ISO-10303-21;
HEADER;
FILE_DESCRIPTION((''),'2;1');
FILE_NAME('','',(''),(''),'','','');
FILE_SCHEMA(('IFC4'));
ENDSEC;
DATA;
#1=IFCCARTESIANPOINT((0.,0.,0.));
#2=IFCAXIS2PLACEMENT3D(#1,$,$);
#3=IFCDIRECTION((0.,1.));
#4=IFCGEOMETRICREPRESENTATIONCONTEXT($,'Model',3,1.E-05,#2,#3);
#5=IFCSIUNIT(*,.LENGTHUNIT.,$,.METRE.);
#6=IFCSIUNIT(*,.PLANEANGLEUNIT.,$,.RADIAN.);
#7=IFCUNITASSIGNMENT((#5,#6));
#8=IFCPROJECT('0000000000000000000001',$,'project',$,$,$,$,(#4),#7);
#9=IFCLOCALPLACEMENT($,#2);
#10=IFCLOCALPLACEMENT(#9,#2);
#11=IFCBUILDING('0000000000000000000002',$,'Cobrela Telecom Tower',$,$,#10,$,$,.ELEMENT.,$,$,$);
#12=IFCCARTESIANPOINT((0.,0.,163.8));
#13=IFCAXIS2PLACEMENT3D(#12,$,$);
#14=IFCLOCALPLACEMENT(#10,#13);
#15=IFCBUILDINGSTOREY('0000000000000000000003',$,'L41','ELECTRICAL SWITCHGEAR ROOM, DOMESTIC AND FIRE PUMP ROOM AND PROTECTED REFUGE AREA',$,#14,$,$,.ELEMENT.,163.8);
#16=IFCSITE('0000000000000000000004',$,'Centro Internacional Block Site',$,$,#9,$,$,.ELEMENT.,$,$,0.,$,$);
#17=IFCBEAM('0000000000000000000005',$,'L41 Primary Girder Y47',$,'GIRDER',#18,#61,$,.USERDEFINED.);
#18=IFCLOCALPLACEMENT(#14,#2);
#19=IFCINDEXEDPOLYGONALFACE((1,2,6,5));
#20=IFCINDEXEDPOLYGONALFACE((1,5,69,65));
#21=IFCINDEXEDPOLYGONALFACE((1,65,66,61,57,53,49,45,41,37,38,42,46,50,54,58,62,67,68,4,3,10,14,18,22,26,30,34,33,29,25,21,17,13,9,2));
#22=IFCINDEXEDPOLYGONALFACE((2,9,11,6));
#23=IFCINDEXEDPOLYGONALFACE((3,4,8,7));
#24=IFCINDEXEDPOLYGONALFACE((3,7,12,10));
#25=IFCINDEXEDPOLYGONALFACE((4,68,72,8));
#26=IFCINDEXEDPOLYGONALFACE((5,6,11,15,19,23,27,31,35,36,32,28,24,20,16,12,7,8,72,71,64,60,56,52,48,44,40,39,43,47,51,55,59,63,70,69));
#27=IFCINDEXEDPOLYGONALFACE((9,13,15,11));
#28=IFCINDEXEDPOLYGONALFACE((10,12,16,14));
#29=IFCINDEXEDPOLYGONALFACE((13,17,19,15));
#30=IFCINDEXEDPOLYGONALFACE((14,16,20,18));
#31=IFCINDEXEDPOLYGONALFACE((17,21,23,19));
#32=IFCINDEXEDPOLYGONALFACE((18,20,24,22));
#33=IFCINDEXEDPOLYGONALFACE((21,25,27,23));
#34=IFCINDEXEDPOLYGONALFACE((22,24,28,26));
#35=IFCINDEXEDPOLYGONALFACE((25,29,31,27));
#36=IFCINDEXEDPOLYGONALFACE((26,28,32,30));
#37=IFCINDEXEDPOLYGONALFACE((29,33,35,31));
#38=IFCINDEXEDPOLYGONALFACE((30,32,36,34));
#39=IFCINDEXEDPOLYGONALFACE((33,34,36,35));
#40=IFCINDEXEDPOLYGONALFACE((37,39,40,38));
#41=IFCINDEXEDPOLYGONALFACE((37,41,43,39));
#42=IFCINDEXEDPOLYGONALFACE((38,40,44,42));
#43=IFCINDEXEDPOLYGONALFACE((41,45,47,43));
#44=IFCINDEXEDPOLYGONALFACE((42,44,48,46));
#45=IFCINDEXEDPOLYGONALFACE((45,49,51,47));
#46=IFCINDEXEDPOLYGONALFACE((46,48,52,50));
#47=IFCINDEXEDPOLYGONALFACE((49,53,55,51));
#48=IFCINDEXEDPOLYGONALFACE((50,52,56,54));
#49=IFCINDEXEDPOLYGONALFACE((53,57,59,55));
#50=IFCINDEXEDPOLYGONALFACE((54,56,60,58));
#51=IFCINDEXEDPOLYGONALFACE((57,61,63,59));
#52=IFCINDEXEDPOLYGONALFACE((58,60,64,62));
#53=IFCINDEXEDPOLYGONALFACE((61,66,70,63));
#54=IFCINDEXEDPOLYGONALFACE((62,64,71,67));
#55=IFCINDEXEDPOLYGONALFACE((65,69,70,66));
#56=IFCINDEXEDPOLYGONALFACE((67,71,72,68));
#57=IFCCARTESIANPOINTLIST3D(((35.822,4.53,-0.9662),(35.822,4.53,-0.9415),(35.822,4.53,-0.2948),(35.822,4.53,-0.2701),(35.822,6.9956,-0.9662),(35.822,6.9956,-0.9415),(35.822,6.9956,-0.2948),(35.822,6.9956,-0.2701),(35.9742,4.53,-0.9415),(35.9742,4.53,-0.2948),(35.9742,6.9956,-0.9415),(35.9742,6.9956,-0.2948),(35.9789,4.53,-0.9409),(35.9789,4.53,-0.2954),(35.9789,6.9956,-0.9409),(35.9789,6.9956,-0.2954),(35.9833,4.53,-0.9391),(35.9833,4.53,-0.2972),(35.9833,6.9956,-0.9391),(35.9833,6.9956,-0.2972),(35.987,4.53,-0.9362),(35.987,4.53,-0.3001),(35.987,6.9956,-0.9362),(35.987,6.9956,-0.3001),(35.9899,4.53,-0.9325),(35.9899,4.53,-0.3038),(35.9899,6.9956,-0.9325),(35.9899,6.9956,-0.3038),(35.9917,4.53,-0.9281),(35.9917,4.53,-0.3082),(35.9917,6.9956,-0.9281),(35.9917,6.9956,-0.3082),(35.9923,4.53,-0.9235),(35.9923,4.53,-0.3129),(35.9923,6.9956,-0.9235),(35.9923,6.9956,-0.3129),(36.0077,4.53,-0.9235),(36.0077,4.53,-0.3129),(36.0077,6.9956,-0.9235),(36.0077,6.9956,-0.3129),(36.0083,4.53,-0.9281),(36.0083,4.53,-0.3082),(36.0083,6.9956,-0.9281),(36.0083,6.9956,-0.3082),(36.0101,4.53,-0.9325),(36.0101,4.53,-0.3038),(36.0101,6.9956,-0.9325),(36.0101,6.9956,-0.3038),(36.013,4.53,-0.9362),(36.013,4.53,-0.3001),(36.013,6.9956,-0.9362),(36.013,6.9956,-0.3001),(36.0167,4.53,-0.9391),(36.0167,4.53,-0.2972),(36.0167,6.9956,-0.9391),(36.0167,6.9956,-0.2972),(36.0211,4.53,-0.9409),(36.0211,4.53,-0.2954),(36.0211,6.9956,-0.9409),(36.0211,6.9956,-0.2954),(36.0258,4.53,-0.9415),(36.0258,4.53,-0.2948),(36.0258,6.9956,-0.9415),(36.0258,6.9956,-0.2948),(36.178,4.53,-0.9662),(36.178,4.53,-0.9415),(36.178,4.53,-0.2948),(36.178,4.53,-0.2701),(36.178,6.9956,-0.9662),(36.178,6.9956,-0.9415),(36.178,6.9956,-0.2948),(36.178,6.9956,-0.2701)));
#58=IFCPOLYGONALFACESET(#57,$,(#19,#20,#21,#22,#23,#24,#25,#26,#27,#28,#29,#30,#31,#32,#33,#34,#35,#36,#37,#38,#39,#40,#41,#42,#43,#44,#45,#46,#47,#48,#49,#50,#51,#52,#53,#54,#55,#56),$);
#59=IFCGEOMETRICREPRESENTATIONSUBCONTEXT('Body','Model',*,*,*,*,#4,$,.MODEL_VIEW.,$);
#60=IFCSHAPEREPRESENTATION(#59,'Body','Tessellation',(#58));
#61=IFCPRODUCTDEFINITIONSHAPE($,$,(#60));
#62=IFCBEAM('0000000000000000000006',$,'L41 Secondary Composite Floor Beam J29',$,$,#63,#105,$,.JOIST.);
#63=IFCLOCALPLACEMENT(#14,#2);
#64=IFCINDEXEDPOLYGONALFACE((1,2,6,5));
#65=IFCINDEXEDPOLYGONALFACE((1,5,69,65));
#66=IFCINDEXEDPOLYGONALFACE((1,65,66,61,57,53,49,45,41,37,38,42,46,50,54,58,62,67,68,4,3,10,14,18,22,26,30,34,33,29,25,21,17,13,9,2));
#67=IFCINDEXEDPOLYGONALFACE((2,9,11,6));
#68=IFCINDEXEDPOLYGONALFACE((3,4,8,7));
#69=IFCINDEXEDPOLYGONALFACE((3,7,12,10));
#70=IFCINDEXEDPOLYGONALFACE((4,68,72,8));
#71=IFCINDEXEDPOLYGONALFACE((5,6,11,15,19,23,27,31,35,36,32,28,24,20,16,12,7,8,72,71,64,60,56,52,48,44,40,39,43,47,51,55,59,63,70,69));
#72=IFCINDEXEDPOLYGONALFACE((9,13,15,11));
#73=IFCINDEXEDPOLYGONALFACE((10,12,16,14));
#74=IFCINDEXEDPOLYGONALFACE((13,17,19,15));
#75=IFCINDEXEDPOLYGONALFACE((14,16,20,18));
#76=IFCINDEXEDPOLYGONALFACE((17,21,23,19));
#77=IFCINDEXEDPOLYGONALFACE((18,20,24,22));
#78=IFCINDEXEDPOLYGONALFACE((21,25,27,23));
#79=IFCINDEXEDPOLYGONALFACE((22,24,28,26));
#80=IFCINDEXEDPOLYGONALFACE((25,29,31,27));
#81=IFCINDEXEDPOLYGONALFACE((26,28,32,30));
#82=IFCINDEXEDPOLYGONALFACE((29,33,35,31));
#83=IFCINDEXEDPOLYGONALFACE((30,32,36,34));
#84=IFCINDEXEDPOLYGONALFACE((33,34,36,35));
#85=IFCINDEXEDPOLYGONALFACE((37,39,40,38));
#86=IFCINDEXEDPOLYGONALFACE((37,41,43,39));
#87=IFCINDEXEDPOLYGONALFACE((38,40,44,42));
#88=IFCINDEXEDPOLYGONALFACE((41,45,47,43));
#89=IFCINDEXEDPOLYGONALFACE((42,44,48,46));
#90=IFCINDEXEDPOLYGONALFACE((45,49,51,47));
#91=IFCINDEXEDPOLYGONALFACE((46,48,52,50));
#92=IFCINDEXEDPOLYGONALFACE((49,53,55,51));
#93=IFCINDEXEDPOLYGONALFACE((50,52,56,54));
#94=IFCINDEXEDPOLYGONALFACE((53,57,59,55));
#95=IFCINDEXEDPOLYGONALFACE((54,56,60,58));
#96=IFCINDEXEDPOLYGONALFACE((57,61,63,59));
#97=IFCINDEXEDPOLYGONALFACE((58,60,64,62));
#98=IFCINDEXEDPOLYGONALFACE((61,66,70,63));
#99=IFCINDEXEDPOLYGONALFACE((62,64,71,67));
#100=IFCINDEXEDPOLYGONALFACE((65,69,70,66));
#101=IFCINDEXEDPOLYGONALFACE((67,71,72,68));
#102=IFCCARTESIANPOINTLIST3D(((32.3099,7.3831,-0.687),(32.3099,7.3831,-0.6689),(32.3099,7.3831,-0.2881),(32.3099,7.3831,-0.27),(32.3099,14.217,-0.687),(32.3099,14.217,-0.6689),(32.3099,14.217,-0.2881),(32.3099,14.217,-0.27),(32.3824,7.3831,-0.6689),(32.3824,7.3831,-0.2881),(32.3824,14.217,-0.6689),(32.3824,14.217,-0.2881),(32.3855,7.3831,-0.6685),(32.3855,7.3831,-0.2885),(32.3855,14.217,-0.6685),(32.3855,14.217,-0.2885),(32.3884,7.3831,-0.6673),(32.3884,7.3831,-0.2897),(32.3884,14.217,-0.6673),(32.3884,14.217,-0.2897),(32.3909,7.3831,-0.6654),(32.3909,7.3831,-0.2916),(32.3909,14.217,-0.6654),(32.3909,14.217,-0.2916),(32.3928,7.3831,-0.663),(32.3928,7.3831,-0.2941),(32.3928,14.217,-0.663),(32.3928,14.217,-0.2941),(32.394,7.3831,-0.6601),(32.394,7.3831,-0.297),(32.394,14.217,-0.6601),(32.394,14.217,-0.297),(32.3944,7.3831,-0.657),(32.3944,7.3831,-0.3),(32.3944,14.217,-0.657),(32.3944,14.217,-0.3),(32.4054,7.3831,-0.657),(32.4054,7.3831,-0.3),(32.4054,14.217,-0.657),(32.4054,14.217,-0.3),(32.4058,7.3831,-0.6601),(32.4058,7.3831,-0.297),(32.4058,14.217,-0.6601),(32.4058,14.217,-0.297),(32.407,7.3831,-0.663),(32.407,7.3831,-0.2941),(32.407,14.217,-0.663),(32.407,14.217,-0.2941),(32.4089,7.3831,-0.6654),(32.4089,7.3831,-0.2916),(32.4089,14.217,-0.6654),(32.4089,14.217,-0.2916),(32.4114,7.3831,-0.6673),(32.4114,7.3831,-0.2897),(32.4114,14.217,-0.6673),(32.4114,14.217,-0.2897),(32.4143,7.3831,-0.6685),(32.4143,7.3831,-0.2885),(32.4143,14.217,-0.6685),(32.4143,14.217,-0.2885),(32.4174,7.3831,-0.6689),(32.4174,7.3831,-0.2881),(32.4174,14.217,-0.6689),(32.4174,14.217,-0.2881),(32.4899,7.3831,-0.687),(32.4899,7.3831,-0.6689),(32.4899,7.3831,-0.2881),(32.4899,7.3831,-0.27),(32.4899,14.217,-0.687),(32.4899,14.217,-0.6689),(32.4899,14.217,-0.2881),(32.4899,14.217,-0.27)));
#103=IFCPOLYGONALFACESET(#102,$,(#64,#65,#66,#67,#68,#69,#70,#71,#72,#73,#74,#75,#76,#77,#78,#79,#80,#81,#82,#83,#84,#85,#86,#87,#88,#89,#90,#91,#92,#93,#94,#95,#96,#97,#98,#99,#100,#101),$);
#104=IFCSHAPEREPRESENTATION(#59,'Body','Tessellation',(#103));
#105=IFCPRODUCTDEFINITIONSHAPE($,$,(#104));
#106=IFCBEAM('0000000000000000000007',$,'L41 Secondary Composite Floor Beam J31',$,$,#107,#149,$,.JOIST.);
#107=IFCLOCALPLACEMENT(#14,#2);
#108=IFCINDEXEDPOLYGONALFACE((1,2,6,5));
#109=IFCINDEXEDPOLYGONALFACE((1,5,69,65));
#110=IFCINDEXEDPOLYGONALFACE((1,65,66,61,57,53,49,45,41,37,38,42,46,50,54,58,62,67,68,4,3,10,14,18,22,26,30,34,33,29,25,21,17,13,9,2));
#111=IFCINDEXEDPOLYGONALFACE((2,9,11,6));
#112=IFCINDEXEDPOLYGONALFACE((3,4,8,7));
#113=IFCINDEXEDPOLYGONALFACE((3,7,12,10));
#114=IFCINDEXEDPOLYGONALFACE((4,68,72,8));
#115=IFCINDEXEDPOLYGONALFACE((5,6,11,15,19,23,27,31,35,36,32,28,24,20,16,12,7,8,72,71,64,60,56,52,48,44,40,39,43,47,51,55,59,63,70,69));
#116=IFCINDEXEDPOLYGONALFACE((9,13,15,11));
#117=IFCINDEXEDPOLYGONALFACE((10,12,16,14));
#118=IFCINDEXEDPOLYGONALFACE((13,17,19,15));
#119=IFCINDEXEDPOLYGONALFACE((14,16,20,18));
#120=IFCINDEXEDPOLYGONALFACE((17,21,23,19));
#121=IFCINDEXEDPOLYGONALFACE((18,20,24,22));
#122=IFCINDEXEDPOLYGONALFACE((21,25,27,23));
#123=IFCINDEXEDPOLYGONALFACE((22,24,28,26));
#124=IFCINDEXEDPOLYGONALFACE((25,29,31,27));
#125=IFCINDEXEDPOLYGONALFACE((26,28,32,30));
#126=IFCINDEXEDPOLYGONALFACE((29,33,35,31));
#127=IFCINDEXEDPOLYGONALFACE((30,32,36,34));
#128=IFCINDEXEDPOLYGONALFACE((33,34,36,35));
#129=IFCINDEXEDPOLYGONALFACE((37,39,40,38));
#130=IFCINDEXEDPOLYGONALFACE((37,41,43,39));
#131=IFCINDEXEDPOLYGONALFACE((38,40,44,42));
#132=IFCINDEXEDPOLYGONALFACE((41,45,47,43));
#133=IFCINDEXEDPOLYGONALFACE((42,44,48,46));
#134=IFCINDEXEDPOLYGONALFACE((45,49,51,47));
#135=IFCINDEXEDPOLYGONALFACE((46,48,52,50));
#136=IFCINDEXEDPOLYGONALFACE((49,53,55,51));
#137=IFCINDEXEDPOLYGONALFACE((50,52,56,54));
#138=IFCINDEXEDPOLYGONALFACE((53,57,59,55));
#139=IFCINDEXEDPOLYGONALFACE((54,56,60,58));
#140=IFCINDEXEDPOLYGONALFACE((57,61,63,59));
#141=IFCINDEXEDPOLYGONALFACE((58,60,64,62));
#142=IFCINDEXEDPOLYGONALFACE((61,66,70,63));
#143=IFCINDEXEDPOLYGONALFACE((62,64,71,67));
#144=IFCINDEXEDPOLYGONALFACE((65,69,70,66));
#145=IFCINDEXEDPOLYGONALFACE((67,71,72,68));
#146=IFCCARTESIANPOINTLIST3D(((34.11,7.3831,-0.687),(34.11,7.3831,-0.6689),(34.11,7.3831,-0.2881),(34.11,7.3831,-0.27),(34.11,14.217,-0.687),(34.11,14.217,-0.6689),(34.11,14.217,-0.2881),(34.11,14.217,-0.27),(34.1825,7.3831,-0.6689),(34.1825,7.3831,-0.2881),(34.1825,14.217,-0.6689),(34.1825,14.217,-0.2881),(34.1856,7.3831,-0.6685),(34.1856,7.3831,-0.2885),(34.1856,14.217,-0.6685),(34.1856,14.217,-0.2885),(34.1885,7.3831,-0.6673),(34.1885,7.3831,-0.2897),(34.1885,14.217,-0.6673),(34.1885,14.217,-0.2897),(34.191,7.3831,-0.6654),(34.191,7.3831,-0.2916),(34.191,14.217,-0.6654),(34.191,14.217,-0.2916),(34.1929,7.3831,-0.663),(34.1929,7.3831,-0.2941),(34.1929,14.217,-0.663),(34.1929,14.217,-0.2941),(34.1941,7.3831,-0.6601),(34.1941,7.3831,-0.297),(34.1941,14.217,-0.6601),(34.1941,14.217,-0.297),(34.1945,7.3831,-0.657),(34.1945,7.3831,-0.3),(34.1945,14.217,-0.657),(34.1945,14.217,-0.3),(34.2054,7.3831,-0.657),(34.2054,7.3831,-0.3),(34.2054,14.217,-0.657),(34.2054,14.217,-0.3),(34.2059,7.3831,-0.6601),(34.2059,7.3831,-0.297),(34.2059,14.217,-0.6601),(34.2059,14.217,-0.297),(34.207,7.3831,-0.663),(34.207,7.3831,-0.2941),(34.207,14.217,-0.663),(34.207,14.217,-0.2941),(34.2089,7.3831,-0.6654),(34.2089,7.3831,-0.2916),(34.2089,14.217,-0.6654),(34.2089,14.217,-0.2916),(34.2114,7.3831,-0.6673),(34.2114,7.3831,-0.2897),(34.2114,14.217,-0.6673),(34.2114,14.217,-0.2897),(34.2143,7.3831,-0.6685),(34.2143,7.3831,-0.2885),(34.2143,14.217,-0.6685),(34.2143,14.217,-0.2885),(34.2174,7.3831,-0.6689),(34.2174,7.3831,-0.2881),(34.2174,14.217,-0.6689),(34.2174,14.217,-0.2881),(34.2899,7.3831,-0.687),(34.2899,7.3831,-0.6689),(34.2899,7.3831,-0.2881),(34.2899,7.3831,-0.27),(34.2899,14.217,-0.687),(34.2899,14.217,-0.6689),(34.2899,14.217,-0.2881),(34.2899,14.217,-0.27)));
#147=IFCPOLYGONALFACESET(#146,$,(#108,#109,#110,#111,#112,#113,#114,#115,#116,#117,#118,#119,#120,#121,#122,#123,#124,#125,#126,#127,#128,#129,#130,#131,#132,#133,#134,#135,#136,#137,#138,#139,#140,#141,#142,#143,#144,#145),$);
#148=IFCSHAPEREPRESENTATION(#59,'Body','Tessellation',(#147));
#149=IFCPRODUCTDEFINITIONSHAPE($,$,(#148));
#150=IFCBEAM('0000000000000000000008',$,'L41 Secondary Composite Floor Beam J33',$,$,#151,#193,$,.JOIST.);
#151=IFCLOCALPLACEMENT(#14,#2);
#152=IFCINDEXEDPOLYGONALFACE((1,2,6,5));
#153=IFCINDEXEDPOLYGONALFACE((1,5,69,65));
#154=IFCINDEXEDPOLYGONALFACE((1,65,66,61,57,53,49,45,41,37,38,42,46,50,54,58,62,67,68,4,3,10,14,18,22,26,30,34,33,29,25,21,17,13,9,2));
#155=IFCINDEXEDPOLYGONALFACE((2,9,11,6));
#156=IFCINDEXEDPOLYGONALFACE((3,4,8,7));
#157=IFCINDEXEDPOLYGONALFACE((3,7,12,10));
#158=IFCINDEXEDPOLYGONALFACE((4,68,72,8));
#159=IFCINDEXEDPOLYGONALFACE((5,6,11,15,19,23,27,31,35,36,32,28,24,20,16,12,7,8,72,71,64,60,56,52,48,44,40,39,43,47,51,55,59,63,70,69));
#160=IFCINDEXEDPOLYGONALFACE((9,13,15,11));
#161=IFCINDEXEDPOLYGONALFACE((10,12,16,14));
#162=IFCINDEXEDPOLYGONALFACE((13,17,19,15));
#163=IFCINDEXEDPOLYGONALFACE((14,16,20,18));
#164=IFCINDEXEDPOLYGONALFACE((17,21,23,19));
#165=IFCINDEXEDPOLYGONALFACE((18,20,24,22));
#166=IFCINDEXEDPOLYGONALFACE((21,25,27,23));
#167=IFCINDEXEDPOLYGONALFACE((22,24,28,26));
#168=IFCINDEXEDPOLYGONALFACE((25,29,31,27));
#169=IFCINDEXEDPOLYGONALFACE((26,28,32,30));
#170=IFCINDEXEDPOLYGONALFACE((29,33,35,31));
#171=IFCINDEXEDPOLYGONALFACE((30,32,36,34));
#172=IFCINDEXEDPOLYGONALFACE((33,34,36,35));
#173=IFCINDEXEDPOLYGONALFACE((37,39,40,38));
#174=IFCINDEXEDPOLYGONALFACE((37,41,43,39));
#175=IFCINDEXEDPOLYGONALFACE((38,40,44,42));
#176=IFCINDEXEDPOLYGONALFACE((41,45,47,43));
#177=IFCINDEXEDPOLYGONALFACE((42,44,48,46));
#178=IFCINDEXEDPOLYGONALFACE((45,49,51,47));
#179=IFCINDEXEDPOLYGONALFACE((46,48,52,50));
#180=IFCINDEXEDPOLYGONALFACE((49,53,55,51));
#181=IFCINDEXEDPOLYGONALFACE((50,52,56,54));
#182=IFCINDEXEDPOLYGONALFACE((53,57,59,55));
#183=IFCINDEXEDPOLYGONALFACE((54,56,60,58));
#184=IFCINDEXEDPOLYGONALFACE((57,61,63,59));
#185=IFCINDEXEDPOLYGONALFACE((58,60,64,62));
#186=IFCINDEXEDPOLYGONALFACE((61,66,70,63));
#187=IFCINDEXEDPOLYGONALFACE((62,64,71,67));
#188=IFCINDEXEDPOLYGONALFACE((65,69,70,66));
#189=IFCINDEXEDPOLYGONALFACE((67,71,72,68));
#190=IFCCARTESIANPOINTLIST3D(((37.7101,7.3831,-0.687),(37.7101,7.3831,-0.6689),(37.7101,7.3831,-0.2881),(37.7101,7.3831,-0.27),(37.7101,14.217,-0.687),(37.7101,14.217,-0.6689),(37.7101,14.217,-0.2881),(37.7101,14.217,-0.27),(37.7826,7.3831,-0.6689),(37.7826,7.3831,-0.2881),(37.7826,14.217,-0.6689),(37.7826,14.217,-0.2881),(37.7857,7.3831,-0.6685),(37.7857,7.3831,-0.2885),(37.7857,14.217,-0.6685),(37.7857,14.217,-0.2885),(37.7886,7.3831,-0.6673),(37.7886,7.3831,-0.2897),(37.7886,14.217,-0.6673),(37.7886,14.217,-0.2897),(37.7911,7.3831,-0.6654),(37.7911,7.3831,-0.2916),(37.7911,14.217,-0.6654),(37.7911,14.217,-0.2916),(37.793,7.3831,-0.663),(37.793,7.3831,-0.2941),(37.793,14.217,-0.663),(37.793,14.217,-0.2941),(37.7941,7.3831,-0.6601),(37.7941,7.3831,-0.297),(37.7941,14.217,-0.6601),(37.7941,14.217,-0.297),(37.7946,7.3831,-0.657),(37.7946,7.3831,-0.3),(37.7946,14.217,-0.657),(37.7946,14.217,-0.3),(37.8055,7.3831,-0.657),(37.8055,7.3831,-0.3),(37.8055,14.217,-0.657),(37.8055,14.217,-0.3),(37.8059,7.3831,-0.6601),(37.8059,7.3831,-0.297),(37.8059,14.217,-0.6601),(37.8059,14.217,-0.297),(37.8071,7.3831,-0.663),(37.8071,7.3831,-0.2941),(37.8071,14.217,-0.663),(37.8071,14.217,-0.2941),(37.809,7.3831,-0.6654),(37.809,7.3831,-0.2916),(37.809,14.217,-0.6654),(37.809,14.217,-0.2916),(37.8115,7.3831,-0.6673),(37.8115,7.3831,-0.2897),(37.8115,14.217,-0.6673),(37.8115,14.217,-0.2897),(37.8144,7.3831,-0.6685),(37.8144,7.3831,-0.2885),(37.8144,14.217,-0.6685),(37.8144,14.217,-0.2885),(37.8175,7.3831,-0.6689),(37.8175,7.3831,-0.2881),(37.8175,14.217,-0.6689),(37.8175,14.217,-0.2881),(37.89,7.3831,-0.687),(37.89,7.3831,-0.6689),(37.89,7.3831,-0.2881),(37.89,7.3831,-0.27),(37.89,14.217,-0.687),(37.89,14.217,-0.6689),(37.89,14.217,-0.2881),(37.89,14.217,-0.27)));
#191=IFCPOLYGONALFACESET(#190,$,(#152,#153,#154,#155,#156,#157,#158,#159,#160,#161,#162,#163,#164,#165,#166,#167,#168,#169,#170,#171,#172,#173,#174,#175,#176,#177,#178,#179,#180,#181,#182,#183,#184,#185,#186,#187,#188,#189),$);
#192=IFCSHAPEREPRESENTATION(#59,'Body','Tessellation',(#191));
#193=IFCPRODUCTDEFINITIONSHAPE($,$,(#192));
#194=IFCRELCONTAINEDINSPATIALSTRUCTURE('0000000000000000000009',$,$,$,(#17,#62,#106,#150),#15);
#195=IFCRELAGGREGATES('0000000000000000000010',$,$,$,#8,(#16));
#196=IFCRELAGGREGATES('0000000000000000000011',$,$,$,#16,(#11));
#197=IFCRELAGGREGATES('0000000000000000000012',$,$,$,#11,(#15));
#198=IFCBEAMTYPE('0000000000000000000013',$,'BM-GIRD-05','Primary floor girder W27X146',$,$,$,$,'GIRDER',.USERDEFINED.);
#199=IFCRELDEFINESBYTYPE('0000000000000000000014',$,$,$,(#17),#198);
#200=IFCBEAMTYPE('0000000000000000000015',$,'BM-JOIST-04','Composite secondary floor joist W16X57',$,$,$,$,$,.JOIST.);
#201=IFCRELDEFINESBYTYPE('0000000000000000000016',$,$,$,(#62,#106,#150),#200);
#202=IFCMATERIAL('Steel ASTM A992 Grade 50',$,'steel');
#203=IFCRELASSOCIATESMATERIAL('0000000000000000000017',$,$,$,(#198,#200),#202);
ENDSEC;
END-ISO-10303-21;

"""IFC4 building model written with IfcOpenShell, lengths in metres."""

from ifc_helpers import new_model, si_unit, direction, frame, origin, origin_2d, place, context, subcontext, project, spatial, i_section, extrude, material, material_profile, profile_set, type_object, element, save


model = new_model("IFC4")

# Units and contexts
model_context = context("Model", 3, precision=1e-05, world=origin(), true_north=direction((0.0, 1.0)))
body_context = subcontext(model_context, "Body", "Model", "MODEL_VIEW")
ifc_project = project(units=[si_unit("LENGTHUNIT", "METRE"), si_unit("PLANEANGLEUNIT", "RADIAN")], contexts=[model_context])

# Site, building, storey
site_placement = place(None, origin())
site = spatial("IfcSite", under=ifc_project, at=site_placement, Name="Centro Internacional Block Site", CompositionType="ELEMENT", RefElevation=0.0)
building_placement = place(site_placement, origin())
building = spatial("IfcBuilding", under=site, at=building_placement, Name="Cobrela Telecom Tower", CompositionType="ELEMENT")
storey_placement = place(building_placement, frame((0.0, 0.0, 163.8)))
storey = spatial("IfcBuildingStorey", under=building, at=storey_placement, Name="L41", Description="ELECTRICAL SWITCHGEAR ROOM, DOMESTIC AND FIRE PUMP ROOM AND PROTECTED REFUGE AREA", CompositionType="ELEMENT", Elevation=163.8)

# Shared definitions
ifc_material_1 = material(Name="Steel ASTM A992 Grade 50", Category="steel")

# Beams
ifc_material_profile_1 = material_profile(ifc_material_1, i_section(OverallWidth=0.356, OverallDepth=0.696, WebThickness=0.0154, FlangeThickness=0.0247, FilletRadius=0.0181, at=origin_2d()), Name="W27X146")
ifc_profile_set_1 = profile_set([ifc_material_profile_1], Name="Steel ASTM A992 Grade 50")
beam_type_1 = type_object("IfcBeamType", Name="BM-GIRD-05", Description="Primary floor girder W27X146", ElementType="GIRDER", PredefinedType="USERDEFINED", material=ifc_profile_set_1)
beam_1_placement = place(storey_placement, frame((36.0, 4.53, -0.6182), z_axis=(0.0, 1.0, 0.0), x_axis=(-1.0, 0.0, 0.0)))
element("IfcBeam", 1, at=beam_1_placement, inside=storey, type_object=beam_type_1, Name="L41 Primary Girder Y47", ObjectType="GIRDER", PredefinedType="USERDEFINED", context=body_context, shape_type="SweptSolid", body=[
    extrude(i_section(OverallWidth=0.356, OverallDepth=0.696, WebThickness=0.0154, FlangeThickness=0.0247, FilletRadius=0.0181, at=origin_2d()), origin(), (0.0, 0.0, 1.0), 2.4656),
])
ifc_material_profile_2 = material_profile(ifc_material_1, i_section(OverallWidth=0.1799, OverallDepth=0.417, WebThickness=0.011, FlangeThickness=0.0181, FilletRadius=0.012, at=origin_2d()), Name="W16X57")
ifc_profile_set_2 = profile_set([ifc_material_profile_2], Name="Steel ASTM A992 Grade 50")
beam_type_2 = type_object("IfcBeamType", Name="BM-JOIST-04", Description="Composite secondary floor joist W16X57", PredefinedType="JOIST", material=ifc_profile_set_2)
for number, where, z_axis, x_axis, name in (
    (2, (32.3999, 7.3831, -0.4785), (0.0, 1.0, 0.0), (-1.0, 0.0, 0.0), "L41 Secondary Composite Floor Beam J29"),
    (3, (34.2, 7.3831, -0.4785), (0.0, 1.0, 0.0), (-1.0, 0.0, 0.0), "L41 Secondary Composite Floor Beam J31"),
    (4, (37.8, 7.3831, -0.4785), (0.0, 1.0, 0.0), (-1.0, 0.0, 0.0), "L41 Secondary Composite Floor Beam J33"),
):
    element("IfcBeam", number, at=place(storey_placement, frame(where, z_axis=z_axis, x_axis=x_axis)), inside=storey, type_object=beam_type_2, Name=name, PredefinedType="JOIST", context=body_context, shape_type="SweptSolid", body=[
        extrude(i_section(OverallWidth=0.1799, OverallDepth=0.417, WebThickness=0.011, FlangeThickness=0.0181, FilletRadius=0.012, at=origin_2d()), origin(), (0.0, 0.0, 1.0), 6.834),
    ])

save(model, "model.ifc")
